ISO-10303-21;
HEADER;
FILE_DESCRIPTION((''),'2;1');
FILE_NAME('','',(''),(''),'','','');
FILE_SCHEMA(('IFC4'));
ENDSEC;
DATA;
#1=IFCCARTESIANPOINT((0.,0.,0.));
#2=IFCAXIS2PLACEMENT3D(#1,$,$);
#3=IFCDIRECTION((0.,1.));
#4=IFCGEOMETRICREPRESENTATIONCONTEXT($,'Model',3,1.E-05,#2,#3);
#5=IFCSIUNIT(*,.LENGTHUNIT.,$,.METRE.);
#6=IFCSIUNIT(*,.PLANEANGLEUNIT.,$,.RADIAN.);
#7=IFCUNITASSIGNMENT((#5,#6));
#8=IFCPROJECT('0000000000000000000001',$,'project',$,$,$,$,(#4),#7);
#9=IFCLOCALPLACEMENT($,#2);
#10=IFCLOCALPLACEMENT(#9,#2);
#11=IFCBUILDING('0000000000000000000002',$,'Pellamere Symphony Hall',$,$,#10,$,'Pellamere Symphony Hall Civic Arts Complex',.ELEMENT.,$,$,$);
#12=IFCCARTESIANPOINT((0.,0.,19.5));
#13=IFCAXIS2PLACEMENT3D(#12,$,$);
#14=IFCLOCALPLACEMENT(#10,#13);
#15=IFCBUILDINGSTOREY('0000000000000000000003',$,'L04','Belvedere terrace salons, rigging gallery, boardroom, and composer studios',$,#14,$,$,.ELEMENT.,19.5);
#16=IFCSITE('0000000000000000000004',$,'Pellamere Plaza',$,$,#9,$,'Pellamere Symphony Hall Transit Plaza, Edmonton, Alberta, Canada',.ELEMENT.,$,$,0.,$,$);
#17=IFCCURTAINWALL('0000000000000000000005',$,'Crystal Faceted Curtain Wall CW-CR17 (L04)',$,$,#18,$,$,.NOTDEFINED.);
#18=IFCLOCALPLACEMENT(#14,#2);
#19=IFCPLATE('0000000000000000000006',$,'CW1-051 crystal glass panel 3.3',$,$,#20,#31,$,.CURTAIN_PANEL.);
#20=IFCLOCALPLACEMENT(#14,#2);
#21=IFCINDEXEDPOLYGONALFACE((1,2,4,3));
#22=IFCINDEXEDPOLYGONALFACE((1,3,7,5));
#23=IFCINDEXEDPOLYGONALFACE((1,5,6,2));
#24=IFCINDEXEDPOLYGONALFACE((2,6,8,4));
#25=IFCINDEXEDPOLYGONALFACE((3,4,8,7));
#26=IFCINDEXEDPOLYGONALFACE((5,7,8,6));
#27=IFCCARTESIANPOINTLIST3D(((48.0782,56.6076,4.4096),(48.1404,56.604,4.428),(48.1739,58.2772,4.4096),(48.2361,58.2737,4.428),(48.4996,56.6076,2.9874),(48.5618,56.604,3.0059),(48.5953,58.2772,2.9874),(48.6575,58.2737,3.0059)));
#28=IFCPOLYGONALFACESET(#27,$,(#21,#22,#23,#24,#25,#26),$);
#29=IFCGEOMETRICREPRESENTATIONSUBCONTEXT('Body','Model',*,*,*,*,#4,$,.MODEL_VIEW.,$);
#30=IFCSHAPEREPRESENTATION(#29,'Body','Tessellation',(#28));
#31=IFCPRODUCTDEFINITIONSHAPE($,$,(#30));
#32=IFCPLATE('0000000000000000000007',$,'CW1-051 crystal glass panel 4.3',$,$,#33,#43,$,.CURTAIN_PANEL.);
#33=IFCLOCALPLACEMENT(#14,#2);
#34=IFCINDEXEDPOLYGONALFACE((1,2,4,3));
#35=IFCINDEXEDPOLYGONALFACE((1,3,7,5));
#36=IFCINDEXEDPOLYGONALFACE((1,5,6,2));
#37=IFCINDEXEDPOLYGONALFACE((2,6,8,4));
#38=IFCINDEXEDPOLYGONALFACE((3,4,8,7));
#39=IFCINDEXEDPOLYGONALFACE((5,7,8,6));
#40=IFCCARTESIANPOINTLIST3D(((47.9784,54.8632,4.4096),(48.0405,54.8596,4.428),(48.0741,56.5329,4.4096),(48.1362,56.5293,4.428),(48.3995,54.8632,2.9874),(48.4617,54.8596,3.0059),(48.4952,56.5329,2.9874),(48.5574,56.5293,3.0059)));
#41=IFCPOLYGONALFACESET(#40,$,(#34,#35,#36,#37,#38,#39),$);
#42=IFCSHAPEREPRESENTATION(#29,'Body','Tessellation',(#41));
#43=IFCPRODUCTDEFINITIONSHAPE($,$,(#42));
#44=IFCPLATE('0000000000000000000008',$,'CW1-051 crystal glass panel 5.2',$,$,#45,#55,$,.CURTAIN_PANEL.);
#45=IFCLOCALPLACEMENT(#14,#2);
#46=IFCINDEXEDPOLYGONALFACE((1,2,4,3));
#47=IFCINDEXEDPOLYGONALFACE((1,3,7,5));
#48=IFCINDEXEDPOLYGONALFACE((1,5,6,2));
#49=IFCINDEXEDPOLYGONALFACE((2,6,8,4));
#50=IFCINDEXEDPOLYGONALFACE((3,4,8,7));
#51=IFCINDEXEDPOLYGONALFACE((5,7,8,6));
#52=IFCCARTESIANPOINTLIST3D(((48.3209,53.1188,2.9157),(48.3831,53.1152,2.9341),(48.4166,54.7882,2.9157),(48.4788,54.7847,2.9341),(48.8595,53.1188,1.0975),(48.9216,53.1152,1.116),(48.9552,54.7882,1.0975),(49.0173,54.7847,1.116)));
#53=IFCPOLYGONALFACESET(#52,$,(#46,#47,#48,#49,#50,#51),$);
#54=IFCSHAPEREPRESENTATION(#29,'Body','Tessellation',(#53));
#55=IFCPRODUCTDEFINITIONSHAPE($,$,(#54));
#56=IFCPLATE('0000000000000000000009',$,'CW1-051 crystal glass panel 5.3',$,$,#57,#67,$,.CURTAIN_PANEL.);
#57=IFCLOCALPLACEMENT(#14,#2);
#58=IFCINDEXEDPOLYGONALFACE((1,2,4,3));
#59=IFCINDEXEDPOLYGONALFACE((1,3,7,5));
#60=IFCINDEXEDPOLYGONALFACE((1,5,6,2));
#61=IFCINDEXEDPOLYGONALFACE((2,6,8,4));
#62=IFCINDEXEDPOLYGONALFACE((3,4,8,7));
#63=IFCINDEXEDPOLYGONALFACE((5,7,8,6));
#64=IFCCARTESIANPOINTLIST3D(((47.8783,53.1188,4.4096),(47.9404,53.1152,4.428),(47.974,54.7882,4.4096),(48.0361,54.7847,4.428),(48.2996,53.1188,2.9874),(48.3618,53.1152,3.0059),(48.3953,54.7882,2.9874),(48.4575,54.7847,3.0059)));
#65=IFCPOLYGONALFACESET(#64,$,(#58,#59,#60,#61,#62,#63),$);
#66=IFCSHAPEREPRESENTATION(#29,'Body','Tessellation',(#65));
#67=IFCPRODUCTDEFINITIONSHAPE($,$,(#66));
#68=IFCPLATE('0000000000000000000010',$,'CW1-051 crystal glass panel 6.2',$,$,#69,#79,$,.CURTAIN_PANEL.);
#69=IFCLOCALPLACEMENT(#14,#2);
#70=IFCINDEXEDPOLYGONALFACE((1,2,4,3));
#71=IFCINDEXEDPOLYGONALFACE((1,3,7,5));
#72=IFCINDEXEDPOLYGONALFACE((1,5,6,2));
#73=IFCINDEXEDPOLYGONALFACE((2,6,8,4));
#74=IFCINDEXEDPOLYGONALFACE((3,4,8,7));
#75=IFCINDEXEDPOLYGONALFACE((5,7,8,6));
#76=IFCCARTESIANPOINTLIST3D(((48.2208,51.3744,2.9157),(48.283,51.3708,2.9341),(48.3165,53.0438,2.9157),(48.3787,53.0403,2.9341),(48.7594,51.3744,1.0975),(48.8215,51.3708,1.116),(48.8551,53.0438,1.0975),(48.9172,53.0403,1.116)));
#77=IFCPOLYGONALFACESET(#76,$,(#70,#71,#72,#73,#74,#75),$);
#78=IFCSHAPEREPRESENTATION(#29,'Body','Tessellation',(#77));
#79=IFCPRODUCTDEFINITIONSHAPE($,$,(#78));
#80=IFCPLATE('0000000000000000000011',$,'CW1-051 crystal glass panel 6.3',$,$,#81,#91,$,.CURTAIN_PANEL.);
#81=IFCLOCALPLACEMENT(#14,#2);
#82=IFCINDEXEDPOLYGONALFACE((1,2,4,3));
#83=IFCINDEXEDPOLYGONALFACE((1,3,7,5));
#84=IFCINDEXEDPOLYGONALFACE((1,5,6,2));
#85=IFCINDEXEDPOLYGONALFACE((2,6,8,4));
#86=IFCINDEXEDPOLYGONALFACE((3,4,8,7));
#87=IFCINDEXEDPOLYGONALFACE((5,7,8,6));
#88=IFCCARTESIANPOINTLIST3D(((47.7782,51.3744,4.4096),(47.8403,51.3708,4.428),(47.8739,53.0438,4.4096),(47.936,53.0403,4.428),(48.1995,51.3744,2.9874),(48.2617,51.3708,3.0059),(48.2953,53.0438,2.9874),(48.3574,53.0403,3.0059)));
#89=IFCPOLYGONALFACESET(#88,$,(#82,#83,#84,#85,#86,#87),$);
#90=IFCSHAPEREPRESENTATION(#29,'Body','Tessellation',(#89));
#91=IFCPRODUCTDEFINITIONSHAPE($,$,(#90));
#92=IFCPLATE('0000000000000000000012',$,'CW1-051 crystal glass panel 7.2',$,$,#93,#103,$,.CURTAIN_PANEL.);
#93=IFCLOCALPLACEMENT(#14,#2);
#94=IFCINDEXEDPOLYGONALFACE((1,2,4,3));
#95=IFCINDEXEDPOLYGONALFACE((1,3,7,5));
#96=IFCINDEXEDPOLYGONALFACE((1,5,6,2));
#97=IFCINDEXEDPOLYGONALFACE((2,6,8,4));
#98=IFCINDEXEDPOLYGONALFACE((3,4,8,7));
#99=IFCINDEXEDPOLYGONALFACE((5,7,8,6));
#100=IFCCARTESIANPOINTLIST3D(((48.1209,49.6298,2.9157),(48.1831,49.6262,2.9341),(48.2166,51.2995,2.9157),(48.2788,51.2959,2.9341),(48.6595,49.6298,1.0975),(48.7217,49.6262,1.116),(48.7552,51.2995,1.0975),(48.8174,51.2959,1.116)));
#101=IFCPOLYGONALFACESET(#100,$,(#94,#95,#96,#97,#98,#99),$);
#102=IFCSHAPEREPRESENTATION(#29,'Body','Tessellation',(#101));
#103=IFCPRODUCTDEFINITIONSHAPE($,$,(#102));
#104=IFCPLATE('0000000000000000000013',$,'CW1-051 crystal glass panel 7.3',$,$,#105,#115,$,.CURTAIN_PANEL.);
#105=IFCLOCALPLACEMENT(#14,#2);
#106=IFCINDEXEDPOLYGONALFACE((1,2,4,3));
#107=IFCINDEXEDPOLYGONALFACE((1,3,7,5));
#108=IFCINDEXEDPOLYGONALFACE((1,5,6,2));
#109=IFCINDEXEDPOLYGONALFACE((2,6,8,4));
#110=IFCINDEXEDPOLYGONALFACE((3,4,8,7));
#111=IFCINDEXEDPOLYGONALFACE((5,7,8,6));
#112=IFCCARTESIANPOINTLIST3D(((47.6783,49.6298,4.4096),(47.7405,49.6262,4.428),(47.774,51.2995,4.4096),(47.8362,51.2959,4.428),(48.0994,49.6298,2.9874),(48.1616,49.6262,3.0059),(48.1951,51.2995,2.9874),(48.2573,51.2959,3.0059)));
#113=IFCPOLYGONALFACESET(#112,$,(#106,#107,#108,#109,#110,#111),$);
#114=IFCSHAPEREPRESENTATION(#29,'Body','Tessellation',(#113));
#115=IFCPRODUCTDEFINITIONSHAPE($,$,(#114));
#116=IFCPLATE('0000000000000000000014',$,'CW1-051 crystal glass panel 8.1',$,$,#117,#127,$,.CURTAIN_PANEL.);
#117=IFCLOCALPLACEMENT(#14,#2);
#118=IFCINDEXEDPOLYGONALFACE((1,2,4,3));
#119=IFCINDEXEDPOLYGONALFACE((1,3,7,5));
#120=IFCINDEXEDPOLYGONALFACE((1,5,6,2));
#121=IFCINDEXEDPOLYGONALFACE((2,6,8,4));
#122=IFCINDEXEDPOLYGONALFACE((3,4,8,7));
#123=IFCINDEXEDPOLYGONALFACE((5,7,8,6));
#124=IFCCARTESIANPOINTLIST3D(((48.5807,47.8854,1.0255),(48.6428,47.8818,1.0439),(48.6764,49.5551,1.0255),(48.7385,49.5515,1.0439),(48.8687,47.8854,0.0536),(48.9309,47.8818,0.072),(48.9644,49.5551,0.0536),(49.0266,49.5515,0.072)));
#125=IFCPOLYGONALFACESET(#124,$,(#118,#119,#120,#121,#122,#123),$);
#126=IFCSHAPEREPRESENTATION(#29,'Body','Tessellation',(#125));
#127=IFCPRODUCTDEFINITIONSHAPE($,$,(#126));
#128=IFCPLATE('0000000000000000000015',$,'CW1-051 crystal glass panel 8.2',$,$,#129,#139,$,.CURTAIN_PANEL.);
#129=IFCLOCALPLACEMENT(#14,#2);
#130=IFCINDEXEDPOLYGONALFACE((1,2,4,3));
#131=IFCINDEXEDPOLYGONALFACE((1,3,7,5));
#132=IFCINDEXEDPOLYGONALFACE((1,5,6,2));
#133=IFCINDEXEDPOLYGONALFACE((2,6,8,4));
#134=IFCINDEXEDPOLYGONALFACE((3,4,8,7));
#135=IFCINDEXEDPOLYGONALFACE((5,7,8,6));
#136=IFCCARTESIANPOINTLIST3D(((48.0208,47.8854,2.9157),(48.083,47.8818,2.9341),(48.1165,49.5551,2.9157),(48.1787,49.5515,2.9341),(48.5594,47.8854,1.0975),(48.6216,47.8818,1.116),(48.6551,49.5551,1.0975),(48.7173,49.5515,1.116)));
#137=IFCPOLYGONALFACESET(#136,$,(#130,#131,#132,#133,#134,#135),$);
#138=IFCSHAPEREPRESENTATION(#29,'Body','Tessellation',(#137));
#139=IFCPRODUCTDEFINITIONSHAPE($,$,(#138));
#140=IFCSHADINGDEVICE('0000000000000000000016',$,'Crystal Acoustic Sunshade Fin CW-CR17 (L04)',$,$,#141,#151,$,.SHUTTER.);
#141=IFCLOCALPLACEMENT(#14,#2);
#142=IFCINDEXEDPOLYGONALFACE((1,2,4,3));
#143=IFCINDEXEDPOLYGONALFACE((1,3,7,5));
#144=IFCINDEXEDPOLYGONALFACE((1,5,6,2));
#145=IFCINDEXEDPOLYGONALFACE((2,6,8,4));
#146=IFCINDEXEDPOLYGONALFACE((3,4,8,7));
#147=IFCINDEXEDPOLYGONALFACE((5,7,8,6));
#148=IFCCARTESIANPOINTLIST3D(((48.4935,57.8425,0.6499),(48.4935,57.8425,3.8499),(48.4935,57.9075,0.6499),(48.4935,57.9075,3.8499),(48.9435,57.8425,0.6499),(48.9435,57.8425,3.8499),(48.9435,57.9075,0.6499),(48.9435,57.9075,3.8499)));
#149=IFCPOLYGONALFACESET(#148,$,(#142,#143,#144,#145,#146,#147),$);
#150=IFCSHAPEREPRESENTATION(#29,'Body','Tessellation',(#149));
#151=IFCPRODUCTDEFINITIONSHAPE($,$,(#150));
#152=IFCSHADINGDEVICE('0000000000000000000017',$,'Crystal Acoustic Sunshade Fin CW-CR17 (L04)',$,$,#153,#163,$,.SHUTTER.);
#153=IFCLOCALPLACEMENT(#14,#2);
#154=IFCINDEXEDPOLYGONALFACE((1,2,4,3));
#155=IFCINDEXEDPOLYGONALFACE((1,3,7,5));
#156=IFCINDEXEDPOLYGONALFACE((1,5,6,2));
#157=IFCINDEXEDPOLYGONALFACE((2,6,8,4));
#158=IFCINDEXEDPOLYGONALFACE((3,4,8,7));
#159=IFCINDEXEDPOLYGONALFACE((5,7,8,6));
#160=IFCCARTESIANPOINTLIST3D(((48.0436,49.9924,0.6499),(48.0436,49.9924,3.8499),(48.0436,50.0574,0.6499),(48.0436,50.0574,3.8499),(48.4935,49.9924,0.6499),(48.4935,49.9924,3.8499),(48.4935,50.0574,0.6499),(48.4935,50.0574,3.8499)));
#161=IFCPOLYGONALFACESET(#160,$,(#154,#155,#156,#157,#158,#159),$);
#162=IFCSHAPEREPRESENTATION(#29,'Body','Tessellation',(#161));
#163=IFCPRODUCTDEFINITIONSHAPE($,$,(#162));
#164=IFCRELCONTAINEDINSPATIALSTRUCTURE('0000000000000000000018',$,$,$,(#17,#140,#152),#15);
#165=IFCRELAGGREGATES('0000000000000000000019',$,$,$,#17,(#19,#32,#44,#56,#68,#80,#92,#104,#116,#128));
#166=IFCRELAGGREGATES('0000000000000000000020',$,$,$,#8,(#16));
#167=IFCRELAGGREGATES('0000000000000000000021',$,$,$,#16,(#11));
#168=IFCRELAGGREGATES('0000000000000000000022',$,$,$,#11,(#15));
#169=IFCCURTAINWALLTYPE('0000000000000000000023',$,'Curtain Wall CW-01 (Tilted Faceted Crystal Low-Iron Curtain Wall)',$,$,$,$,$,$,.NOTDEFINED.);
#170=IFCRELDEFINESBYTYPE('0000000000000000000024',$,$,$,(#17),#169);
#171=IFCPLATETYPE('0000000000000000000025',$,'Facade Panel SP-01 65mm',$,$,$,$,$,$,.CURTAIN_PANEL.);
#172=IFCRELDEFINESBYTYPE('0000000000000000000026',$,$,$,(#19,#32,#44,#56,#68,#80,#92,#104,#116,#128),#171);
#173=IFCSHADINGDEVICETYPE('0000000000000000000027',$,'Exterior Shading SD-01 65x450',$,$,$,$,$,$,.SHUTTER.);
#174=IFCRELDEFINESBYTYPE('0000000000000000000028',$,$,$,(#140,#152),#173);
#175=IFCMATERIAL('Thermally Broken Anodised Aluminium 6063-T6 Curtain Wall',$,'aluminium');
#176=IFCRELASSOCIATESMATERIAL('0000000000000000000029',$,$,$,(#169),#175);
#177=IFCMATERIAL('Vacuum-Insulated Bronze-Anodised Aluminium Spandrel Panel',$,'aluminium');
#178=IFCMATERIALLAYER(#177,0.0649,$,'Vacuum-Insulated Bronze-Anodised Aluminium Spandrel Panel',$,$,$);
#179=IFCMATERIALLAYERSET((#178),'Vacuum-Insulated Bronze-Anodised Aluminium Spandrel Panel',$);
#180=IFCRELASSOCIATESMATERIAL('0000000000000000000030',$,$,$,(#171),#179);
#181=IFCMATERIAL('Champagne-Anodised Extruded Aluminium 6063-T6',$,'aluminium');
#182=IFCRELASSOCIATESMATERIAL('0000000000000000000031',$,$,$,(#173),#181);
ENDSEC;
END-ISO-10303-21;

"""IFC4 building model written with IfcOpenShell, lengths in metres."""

from ifc_helpers import new_model, si_unit, direction, frame, origin, origin_2d, place, context, subcontext, project, spatial, polyline, rectangle, outline, extrude, material, layer, layer_set, type_object, element, aggregate, save


model = new_model("IFC4")

# Units and contexts
model_context = context("Model", 3, precision=1e-05, world=origin(), true_north=direction((0.0, 1.0)))
body_context = subcontext(model_context, "Body", "Model", "MODEL_VIEW")
ifc_project = project(units=[si_unit("LENGTHUNIT", "METRE"), si_unit("PLANEANGLEUNIT", "RADIAN")], contexts=[model_context])

# Site, building, storey
site_placement = place(None, origin())
site = spatial("IfcSite", under=ifc_project, at=site_placement, Name="Pellamere Plaza", LongName="Pellamere Symphony Hall Transit Plaza, Edmonton, Alberta, Canada", CompositionType="ELEMENT", RefElevation=0.0)
building_placement = place(site_placement, origin())
building = spatial("IfcBuilding", under=site, at=building_placement, Name="Pellamere Symphony Hall", LongName="Pellamere Symphony Hall Civic Arts Complex", CompositionType="ELEMENT")
storey_placement = place(building_placement, frame((0.0, 0.0, 19.5)))
storey = spatial("IfcBuildingStorey", under=building, at=storey_placement, Name="L04", Description="Belvedere terrace salons, rigging gallery, boardroom, and composer studios", CompositionType="ELEMENT", Elevation=19.5)

# Curtain wall, plates
ifc_material_1 = material(Name="Thermally Broken Anodised Aluminium 6063-T6 Curtain Wall", Category="aluminium")
curtain_wall_type = type_object("IfcCurtainWallType", Name="Curtain Wall CW-01 (Tilted Faceted Crystal Low-Iron Curtain Wall)", PredefinedType="NOTDEFINED", material=ifc_material_1)
curtain_wall_placement = place(storey_placement, origin())
curtain_wall = element("IfcCurtainWall", 1, at=curtain_wall_placement, inside=storey, type_object=curtain_wall_type, Name="Crystal Faceted Curtain Wall CW-CR17 (L04)", PredefinedType="NOTDEFINED")
ifc_material_2 = material(Name="Vacuum-Insulated Bronze-Anodised Aluminium Spandrel Panel", Category="aluminium")
ifc_layer = layer(ifc_material_2, 0.0649, Name="Vacuum-Insulated Bronze-Anodised Aluminium Spandrel Panel")
ifc_layer_set = layer_set([ifc_layer], Name="Vacuum-Insulated Bronze-Anodised Aluminium Spandrel Panel")
plate_type = type_object("IfcPlateType", Name="Facade Panel SP-01 65mm", PredefinedType="CURTAIN_PANEL", material=ifc_layer_set)
plate_1_placement = place(storey_placement, frame((48.6575, 58.2737, 3.0059), z_axis=(0.95735, -0.054874, 0.283671), x_axis=(-0.057224, -0.998361, 0.0)))
plate_1 = element("IfcPlate", 2, at=plate_1_placement, type_object=plate_type, Name="CW1-051 crystal glass panel 3.3", PredefinedType="CURTAIN_PANEL", context=body_context, shape_type="SweptSolid", body=[
    extrude(outline(polyline([(0.0, 0.0), (1.6724, 0.0), (1.6965, -1.483), (0.0241, -1.483), (0.0, 0.0)])), origin(), (0.0, 0.0, -1.0), 0.0649),
])
plate_2_placement = place(storey_placement, frame((48.5574, 56.5293, 3.0059), z_axis=(0.957395, -0.054876, 0.28352), x_axis=(-0.057224, -0.998361, 0.0)))
plate_2 = element("IfcPlate", 3, at=plate_2_placement, type_object=plate_type, Name="CW1-051 crystal glass panel 4.3", PredefinedType="CURTAIN_PANEL", context=body_context, shape_type="SweptSolid", body=[
    extrude(outline(polyline([(0.0, 0.0), (1.6724, 0.0), (1.6965, -1.483), (0.0241, -1.483), (0.0, 0.0)])), origin(), (0.0, 0.0, -1.0), 0.0649),
])
plate_3_placement = place(storey_placement, frame((49.0173, 54.7847, 1.116), z_axis=(0.957371, -0.054883, 0.283599), x_axis=(-0.057233, -0.998361, 0.0)))
plate_3 = element("IfcPlate", 4, at=plate_3_placement, type_object=plate_type, Name="CW1-051 crystal glass panel 5.2", PredefinedType="CURTAIN_PANEL", context=body_context, shape_type="SweptSolid", body=[
    extrude(outline(polyline([(0.0, 0.0), (1.6722, 0.0), (1.703, -1.896), (0.0308, -1.896), (0.0, 0.0)])), origin(), (0.0, 0.0, -1.0), 0.0649),
])
plate_4_placement = place(storey_placement, frame((48.4575, 54.7847, 3.0059), z_axis=(0.95735, -0.054882, 0.283671), x_axis=(-0.057233, -0.998361, 0.0)))
plate_4 = element("IfcPlate", 5, at=plate_4_placement, type_object=plate_type, Name="CW1-051 crystal glass panel 5.3", PredefinedType="CURTAIN_PANEL", context=body_context, shape_type="SweptSolid", body=[
    extrude(outline(polyline([(0.0, 0.0), (1.6722, 0.0), (1.6963, -1.483), (0.0241, -1.483), (0.0, 0.0)])), origin(), (0.0, 0.0, -1.0), 0.0649),
])
plate_5_placement = place(storey_placement, frame((48.9172, 53.0403, 1.116), z_axis=(0.957371, -0.054883, 0.283599), x_axis=(-0.057233, -0.998361, 0.0)))
plate_5 = element("IfcPlate", 6, at=plate_5_placement, type_object=plate_type, Name="CW1-051 crystal glass panel 6.2", PredefinedType="CURTAIN_PANEL", context=body_context, shape_type="SweptSolid", body=[
    extrude(outline(polyline([(0.0, 0.0), (1.6722, 0.0), (1.703, -1.896), (0.0308, -1.896), (0.0, 0.0)])), origin(), (0.0, 0.0, -1.0), 0.0649),
])
plate_6_placement = place(storey_placement, frame((48.3574, 53.0403, 3.0059), z_axis=(0.95735, -0.054882, 0.283671), x_axis=(-0.057233, -0.998361, 0.0)))
plate_6 = element("IfcPlate", 7, at=plate_6_placement, type_object=plate_type, Name="CW1-051 crystal glass panel 6.3", PredefinedType="CURTAIN_PANEL", context=body_context, shape_type="SweptSolid", body=[
    extrude(outline(polyline([(0.0, 0.0), (1.6722, 0.0), (1.6963, -1.483), (0.0241, -1.483), (0.0, 0.0)])), origin(), (0.0, 0.0, -1.0), 0.0649),
])
plate_7_placement = place(storey_placement, frame((48.8174, 51.2959, 1.116), z_axis=(0.957372, -0.054875, 0.283599), x_axis=(-0.057224, -0.998361, 0.0)))
plate_7 = element("IfcPlate", 8, at=plate_7_placement, type_object=plate_type, Name="CW1-051 crystal glass panel 7.2", PredefinedType="CURTAIN_PANEL", context=body_context, shape_type="SweptSolid", body=[
    extrude(outline(polyline([(0.0, 0.0), (1.6724, 0.0), (1.7032, -1.896), (0.0308, -1.896), (0.0, 0.0)])), origin(), (0.0, 0.0, -1.0), 0.0649),
])
plate_8_placement = place(storey_placement, frame((48.2573, 51.2959, 3.0059), z_axis=(0.957395, -0.054876, 0.28352), x_axis=(-0.057224, -0.998361, 0.0)))
plate_8 = element("IfcPlate", 9, at=plate_8_placement, type_object=plate_type, Name="CW1-051 crystal glass panel 7.3", PredefinedType="CURTAIN_PANEL", context=body_context, shape_type="SweptSolid", body=[
    extrude(outline(polyline([(0.0, 0.0), (1.6724, 0.0), (1.6965, -1.483), (0.0241, -1.483), (0.0, 0.0)])), origin(), (0.0, 0.0, -1.0), 0.0649),
])
plate_9_placement = place(storey_placement, frame((49.0266, 49.5515, 0.072), z_axis=(0.957324, -0.054872, 0.283759), x_axis=(-0.057224, -0.998361, 0.0)))
plate_9 = element("IfcPlate", 10, at=plate_9_placement, type_object=plate_type, Name="CW1-051 crystal glass panel 8.1", PredefinedType="CURTAIN_PANEL", context=body_context, shape_type="SweptSolid", body=[
    extrude(outline(polyline([(0.0, 0.0), (1.6724, 0.0), (1.6889, -1.0136), (0.0165, -1.0136), (0.0, 0.0)])), origin(), (0.0, 0.0, -1.0), 0.0649),
])
plate_10_placement = place(storey_placement, frame((48.7173, 49.5515, 1.116), z_axis=(0.957372, -0.054875, 0.283599), x_axis=(-0.057224, -0.998361, 0.0)))
plate_10 = element("IfcPlate", 11, at=plate_10_placement, type_object=plate_type, Name="CW1-051 crystal glass panel 8.2", PredefinedType="CURTAIN_PANEL", context=body_context, shape_type="SweptSolid", body=[
    extrude(outline(polyline([(0.0, 0.0), (1.6724, 0.0), (1.7032, -1.896), (0.0308, -1.896), (0.0, 0.0)])), origin(), (0.0, 0.0, -1.0), 0.0649),
])
aggregate(curtain_wall, [plate_1, plate_2, plate_3, plate_4, plate_5, plate_6, plate_7, plate_8, plate_9, plate_10])

# Shading devices
ifc_material_3 = material(Name="Champagne-Anodised Extruded Aluminium 6063-T6", Category="aluminium")
shading_device_type = type_object("IfcShadingDeviceType", Name="Exterior Shading SD-01 65x450", PredefinedType="SHUTTER", material=ifc_material_3)
for number, where, z_axis, x_axis, name in (
    (12, (48.7185, 57.875, 0.6499), (0.0, 0.0, 1.0), (0.0, 1.0, 0.0), "Crystal Acoustic Sunshade Fin CW-CR17 (L04)"),
    (13, (48.2686, 50.0249, 0.6499), (0.0, 0.0, 1.0), (0.0, 1.0, 0.0), "Crystal Acoustic Sunshade Fin CW-CR17 (L04)"),
):
    element("IfcShadingDevice", number, at=place(storey_placement, frame(where, z_axis=z_axis, x_axis=x_axis)), inside=storey, type_object=shading_device_type, Name=name, PredefinedType="SHUTTER", context=body_context, shape_type="SweptSolid", body=[
        extrude(rectangle(XDim=0.0649, YDim=0.45, at=origin_2d()), origin(), (0.0, 0.0, 1.0), 3.2),
    ])

save(model, "model.ifc")
